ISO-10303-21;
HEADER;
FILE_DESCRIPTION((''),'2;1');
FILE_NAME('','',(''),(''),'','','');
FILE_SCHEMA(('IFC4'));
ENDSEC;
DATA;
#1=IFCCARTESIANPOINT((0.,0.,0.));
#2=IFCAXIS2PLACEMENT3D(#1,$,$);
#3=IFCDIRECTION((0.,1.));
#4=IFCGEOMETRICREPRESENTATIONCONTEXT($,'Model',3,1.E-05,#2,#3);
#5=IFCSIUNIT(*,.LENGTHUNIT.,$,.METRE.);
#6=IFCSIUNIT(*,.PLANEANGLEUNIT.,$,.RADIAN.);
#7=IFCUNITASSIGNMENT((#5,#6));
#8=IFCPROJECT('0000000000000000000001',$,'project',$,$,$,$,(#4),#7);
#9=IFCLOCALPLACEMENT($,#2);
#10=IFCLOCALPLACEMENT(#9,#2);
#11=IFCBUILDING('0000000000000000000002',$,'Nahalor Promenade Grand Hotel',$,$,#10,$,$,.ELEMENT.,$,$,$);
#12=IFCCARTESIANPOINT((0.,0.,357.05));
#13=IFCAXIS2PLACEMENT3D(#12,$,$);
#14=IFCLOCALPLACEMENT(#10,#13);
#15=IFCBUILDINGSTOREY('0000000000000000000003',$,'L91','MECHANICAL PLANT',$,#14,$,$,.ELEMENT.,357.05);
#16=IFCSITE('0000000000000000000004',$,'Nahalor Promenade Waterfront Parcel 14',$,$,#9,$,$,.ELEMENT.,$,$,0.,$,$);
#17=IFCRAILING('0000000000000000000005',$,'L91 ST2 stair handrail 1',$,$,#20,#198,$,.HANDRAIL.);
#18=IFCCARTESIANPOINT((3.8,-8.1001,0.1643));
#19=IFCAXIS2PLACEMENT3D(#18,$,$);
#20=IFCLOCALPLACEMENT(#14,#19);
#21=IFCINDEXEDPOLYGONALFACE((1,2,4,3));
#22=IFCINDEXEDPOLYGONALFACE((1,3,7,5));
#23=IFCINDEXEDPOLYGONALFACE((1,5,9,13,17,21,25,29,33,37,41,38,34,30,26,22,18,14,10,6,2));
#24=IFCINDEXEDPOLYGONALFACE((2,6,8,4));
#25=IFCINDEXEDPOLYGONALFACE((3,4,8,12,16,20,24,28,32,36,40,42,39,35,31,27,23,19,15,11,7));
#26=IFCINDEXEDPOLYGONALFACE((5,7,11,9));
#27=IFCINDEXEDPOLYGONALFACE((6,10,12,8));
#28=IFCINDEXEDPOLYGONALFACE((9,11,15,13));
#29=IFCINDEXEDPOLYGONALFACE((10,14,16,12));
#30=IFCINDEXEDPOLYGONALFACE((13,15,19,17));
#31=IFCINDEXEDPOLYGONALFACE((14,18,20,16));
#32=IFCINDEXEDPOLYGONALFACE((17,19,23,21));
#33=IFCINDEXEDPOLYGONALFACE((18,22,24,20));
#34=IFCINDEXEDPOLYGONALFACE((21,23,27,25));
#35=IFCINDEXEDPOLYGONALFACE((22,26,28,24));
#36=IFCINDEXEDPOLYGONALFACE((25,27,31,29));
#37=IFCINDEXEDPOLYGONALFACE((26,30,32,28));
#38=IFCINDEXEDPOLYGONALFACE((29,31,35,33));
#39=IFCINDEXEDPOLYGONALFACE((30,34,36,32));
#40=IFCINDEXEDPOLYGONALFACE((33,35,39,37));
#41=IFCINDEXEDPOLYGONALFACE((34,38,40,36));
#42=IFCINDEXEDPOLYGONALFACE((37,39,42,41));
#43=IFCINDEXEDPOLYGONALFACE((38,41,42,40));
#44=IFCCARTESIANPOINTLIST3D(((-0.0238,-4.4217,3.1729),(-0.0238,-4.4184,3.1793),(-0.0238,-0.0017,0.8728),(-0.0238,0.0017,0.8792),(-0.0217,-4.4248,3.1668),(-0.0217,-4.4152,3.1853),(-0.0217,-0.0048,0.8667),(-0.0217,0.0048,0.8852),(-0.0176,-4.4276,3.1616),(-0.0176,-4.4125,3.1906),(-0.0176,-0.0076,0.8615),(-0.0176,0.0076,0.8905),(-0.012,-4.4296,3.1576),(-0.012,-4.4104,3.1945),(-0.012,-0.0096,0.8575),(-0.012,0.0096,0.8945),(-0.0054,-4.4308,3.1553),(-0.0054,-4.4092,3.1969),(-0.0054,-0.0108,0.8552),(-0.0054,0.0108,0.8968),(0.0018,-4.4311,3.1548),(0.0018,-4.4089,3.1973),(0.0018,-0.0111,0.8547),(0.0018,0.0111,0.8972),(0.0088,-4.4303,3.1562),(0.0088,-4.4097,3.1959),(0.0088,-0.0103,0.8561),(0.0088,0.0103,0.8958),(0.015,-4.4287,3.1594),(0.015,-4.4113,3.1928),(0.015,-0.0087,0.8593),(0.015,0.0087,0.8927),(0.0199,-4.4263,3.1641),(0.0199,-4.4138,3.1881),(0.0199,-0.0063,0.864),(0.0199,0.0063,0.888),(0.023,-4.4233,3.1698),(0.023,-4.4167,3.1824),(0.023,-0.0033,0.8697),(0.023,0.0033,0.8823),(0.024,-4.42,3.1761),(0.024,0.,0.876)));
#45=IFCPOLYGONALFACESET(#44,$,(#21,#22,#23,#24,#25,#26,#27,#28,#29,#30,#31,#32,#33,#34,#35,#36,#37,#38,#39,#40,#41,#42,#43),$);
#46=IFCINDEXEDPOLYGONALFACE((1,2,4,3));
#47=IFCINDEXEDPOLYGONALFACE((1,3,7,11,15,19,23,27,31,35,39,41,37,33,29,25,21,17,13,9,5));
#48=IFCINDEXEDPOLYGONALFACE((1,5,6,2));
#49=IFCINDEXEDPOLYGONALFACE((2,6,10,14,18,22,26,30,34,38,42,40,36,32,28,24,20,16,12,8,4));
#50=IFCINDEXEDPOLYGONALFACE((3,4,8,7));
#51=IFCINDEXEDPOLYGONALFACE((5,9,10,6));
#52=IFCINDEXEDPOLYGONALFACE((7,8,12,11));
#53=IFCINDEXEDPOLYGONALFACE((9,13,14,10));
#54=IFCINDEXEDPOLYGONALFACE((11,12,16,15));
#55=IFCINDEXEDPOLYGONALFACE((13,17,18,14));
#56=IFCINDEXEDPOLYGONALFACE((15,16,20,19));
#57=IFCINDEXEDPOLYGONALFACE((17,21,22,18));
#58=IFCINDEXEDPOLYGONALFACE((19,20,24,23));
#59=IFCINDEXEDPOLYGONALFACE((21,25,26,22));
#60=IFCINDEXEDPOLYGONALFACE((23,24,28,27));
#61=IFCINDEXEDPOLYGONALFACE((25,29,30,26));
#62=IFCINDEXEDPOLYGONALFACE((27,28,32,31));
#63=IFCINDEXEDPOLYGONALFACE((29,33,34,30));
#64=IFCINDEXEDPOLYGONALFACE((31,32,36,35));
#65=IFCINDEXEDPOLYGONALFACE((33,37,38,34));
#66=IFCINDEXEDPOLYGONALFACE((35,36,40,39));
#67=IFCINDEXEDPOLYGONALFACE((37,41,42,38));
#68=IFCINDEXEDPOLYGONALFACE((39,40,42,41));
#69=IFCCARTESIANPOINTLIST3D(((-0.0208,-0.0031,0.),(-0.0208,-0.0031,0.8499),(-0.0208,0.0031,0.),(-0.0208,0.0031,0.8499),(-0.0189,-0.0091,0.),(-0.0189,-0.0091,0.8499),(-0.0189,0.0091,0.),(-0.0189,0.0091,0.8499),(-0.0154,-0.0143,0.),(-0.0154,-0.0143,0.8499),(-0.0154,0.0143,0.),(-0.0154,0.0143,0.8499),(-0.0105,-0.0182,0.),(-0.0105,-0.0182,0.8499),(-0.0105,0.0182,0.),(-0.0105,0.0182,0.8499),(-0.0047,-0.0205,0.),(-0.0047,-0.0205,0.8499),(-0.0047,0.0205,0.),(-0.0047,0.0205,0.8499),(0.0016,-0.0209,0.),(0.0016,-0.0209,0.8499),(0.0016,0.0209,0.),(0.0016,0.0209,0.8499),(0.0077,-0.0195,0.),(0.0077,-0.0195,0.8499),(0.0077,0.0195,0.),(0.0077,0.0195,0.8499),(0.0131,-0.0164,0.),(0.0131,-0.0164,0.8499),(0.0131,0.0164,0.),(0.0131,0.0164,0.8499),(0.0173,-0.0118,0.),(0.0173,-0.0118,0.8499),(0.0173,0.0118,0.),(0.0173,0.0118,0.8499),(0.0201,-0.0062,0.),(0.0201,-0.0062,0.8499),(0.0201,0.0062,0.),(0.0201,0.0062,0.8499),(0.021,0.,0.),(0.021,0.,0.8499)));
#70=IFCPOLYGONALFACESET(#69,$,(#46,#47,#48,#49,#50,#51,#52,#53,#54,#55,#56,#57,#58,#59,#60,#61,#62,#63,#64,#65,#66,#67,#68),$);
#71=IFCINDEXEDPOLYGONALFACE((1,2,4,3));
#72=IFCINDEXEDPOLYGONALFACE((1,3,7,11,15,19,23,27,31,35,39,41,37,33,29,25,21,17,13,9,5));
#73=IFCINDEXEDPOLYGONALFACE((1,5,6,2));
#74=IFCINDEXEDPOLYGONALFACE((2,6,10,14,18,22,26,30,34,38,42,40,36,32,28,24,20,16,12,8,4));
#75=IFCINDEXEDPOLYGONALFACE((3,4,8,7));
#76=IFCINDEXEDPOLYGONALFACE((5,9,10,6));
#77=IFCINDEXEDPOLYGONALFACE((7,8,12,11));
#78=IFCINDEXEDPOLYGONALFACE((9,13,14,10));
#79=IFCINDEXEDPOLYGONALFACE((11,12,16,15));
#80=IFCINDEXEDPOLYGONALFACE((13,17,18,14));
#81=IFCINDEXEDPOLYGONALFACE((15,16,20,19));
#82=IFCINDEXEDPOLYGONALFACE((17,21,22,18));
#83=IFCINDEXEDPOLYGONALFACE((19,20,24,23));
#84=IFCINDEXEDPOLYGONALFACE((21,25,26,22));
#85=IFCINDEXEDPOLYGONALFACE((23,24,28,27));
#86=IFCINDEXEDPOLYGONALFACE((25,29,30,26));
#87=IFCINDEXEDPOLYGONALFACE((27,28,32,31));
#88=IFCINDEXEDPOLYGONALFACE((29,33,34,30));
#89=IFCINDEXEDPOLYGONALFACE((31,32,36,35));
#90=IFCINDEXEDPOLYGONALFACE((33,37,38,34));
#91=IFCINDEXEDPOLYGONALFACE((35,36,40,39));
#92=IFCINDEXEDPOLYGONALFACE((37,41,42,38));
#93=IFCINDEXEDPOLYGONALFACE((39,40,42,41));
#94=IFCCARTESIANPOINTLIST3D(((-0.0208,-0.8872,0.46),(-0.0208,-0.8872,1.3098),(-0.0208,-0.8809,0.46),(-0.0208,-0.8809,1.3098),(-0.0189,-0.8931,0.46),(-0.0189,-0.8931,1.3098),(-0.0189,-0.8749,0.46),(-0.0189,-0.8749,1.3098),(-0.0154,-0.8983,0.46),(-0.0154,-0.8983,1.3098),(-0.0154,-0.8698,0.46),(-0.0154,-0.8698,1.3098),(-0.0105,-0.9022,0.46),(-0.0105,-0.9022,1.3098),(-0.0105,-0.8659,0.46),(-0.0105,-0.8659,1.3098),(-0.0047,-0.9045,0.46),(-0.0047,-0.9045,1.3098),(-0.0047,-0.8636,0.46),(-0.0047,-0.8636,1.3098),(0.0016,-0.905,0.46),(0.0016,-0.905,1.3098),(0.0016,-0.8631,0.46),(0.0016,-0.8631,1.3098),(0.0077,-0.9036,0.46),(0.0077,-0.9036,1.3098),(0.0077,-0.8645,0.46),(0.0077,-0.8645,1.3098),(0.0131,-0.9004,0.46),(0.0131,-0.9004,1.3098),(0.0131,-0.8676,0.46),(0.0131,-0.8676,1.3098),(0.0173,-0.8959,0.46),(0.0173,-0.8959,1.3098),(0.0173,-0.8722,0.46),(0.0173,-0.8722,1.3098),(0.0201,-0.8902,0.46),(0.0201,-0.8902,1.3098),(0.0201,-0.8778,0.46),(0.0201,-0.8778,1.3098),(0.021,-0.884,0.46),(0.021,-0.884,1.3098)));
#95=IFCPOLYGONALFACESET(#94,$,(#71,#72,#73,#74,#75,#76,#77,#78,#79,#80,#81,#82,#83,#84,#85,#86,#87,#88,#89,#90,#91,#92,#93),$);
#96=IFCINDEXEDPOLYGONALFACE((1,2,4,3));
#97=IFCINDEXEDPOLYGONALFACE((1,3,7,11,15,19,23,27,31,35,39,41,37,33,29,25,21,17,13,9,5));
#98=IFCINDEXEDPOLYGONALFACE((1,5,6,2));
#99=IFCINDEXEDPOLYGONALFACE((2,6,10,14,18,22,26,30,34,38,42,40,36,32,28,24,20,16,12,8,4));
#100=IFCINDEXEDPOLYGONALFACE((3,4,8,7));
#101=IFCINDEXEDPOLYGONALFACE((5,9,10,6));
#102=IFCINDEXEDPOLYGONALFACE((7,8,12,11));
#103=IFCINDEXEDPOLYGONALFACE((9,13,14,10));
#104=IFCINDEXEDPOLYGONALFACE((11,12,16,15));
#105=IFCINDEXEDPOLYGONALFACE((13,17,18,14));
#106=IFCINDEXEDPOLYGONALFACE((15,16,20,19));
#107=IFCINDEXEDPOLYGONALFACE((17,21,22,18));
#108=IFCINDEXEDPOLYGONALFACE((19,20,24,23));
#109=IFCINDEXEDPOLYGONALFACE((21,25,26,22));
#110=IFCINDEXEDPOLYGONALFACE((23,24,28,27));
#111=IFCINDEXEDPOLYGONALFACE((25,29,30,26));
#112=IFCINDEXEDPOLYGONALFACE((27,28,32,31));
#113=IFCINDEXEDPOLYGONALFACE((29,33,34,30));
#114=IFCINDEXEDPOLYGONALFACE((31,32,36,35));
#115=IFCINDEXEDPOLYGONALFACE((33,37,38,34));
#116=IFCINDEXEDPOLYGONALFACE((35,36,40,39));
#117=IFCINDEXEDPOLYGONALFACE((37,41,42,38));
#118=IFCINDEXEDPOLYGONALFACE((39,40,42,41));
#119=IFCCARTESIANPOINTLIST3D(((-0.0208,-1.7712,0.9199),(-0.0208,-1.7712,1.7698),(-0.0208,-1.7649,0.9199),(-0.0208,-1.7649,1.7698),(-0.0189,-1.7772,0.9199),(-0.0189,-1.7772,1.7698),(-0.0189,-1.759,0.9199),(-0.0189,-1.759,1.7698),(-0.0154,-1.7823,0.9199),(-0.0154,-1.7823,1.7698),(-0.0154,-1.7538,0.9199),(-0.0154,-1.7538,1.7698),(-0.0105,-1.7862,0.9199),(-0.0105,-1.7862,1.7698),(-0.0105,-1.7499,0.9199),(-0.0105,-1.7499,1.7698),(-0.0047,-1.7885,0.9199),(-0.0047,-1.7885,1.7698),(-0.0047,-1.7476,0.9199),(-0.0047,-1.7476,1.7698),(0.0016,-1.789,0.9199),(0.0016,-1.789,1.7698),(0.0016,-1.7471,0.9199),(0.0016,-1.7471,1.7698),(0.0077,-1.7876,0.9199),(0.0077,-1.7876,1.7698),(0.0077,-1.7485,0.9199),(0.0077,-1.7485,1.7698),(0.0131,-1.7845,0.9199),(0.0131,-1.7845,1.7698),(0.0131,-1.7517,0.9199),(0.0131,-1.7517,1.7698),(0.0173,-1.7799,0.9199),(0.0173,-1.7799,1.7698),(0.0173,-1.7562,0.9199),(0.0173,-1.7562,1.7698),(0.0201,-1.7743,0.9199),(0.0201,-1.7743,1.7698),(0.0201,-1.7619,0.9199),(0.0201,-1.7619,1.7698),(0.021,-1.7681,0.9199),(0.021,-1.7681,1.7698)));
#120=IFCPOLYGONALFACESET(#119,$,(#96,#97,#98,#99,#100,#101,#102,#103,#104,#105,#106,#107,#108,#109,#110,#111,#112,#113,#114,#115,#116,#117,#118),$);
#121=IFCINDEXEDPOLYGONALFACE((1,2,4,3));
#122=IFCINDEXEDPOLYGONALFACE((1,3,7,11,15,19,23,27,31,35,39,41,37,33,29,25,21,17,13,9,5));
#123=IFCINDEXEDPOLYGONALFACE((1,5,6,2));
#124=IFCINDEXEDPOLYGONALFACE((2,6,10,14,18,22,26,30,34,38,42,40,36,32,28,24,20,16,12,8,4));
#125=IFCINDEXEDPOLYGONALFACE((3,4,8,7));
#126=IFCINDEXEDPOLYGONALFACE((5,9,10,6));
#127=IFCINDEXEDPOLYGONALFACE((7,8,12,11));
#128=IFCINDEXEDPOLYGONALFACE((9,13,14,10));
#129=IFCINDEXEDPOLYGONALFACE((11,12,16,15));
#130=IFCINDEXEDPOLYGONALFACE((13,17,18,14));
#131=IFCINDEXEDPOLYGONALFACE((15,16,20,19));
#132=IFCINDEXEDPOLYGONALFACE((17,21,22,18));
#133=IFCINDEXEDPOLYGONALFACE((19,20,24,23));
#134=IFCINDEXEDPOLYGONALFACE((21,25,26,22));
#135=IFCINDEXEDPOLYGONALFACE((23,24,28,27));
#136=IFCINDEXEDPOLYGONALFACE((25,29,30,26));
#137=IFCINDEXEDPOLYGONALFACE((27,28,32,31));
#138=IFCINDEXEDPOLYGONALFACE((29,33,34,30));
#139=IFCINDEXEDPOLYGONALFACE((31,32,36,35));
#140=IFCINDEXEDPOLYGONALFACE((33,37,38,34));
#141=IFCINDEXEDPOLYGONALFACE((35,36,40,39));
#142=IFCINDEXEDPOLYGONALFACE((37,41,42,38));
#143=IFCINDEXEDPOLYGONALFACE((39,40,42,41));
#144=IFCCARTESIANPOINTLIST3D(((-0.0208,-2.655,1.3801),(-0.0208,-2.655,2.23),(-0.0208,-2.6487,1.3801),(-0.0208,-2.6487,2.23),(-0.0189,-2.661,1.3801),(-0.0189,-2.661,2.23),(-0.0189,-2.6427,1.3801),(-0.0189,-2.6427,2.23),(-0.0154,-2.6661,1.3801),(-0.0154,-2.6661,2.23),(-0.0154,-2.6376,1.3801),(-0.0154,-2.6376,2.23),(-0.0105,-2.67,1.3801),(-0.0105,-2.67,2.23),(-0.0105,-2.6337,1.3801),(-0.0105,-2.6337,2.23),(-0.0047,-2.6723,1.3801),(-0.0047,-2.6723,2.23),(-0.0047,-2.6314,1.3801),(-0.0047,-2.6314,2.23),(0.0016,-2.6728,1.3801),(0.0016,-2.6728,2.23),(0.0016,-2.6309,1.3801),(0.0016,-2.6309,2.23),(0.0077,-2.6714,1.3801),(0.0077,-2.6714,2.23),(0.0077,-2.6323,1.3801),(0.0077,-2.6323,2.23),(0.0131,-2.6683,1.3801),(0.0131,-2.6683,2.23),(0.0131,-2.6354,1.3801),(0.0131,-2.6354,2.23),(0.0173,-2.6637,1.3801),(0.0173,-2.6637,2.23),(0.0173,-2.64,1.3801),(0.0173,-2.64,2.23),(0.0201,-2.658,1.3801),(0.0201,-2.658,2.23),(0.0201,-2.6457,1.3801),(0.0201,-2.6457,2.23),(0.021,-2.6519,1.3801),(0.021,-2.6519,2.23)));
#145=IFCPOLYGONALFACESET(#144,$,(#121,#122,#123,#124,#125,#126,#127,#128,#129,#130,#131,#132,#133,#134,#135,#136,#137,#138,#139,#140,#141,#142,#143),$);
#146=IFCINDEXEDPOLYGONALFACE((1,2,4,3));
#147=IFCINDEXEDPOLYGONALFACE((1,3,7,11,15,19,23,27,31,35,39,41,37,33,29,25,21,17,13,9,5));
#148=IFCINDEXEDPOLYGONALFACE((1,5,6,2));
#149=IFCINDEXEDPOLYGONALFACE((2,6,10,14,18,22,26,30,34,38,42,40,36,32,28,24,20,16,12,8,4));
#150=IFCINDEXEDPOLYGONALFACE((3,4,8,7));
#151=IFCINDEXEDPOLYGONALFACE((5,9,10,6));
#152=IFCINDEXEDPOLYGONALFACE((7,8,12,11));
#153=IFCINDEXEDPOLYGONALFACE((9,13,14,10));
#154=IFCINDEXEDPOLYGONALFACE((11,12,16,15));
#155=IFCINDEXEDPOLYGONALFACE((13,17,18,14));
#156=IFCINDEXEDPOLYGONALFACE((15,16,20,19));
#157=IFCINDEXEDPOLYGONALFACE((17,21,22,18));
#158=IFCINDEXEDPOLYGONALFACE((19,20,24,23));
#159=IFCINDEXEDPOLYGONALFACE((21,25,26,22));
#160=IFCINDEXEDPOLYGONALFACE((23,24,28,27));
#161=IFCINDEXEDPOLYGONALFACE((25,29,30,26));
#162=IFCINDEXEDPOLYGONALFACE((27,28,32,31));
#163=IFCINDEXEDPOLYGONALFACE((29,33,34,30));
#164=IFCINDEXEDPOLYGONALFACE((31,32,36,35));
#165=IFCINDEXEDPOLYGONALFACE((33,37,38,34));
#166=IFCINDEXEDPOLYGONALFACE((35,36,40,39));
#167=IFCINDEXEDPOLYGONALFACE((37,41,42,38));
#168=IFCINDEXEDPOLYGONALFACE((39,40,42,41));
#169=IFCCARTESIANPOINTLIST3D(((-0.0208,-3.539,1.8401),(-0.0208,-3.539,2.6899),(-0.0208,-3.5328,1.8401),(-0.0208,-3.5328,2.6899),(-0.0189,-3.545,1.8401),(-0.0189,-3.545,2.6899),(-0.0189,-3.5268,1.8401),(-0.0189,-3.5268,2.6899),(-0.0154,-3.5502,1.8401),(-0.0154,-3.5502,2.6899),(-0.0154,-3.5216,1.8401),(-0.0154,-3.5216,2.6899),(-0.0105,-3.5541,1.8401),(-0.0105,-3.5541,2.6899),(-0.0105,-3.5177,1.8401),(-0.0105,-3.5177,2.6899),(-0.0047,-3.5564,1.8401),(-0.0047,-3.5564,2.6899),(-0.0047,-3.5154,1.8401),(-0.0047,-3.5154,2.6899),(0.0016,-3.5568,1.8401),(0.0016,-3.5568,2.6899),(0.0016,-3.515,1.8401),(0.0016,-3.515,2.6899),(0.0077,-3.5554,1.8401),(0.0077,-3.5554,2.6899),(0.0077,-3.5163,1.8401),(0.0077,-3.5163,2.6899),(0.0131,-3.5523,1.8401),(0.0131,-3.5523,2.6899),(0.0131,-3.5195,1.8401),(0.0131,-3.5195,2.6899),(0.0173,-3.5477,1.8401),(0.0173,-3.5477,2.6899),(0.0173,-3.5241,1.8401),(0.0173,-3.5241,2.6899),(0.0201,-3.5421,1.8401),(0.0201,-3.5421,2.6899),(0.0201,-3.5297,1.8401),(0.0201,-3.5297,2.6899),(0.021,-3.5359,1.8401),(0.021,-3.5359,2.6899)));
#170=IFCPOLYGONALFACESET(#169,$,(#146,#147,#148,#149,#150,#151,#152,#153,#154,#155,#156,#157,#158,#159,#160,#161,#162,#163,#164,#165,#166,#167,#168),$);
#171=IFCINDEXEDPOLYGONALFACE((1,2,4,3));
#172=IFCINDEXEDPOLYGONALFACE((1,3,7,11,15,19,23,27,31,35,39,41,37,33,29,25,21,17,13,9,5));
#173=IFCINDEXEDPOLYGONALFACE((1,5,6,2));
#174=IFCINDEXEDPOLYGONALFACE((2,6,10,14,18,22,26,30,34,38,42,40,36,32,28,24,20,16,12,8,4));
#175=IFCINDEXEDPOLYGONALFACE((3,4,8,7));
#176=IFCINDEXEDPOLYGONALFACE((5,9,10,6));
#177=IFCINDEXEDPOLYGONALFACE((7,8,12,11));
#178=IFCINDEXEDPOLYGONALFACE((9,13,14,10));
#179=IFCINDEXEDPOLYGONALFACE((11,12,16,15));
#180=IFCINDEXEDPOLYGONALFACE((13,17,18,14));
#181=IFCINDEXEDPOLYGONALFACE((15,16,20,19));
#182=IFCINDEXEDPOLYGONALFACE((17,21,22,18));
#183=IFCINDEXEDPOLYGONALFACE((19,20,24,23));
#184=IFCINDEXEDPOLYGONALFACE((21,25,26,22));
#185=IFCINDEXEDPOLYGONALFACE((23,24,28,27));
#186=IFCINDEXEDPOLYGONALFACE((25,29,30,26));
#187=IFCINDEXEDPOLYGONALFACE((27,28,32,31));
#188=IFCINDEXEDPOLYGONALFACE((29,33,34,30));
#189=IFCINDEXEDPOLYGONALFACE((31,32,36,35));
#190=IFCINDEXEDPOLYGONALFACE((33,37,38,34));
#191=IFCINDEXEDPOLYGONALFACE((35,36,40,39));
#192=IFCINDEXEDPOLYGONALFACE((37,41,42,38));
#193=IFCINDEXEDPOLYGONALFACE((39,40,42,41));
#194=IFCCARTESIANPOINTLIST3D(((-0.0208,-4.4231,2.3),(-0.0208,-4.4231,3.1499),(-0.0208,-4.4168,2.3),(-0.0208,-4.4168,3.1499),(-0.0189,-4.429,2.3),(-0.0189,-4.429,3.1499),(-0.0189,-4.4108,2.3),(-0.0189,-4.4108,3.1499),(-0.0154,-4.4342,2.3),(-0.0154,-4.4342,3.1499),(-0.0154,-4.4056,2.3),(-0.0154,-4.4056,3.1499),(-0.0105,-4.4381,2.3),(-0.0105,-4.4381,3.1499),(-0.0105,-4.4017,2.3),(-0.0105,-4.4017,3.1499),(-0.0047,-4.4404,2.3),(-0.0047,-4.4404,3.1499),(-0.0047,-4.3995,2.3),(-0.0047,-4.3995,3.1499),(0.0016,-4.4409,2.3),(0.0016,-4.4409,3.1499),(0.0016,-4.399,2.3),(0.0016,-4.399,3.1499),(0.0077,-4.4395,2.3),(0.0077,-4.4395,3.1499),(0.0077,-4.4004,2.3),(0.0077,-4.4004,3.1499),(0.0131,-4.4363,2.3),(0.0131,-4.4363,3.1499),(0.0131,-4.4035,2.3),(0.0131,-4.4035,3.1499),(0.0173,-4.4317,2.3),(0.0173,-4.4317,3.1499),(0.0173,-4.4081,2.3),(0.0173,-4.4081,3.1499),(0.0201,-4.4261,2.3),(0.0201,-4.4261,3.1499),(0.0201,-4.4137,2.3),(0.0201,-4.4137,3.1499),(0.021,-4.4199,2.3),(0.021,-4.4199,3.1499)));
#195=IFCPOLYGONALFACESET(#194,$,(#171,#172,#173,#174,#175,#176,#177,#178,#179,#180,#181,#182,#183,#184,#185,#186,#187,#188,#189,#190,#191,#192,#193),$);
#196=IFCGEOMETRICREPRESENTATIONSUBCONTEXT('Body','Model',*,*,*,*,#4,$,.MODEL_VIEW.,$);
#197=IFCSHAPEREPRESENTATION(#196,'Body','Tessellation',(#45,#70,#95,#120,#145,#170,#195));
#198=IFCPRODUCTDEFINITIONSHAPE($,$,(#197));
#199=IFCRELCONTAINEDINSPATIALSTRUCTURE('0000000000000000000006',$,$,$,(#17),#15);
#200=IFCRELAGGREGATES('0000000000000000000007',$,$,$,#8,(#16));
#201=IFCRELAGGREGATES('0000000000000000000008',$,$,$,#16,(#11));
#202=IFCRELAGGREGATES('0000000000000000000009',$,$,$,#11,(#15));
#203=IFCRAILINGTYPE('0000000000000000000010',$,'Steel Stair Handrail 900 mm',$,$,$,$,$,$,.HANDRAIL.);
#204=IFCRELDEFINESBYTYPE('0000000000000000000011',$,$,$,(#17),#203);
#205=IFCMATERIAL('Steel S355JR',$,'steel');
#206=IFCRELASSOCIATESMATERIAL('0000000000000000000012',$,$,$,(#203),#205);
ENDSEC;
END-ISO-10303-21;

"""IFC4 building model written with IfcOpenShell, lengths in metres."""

from ifc_helpers import new_model, si_unit, direction, frame, origin, origin_2d, place, context, subcontext, project, spatial, circle, extrude, material, type_object, element, save


model = new_model("IFC4")

# Units and contexts
model_context = context("Model", 3, precision=1e-05, world=origin(), true_north=direction((0.0, 1.0)))
body_context = subcontext(model_context, "Body", "Model", "MODEL_VIEW")
ifc_project = project(units=[si_unit("LENGTHUNIT", "METRE"), si_unit("PLANEANGLEUNIT", "RADIAN")], contexts=[model_context])

# Site, building, storey
site_placement = place(None, origin())
site = spatial("IfcSite", under=ifc_project, at=site_placement, Name="Nahalor Promenade Waterfront Parcel 14", CompositionType="ELEMENT", RefElevation=0.0)
building_placement = place(site_placement, origin())
building = spatial("IfcBuilding", under=site, at=building_placement, Name="Nahalor Promenade Grand Hotel", CompositionType="ELEMENT")
storey_placement = place(building_placement, frame((0.0, 0.0, 357.05)))
storey = spatial("IfcBuildingStorey", under=building, at=storey_placement, Name="L91", Description="MECHANICAL PLANT", CompositionType="ELEMENT", Elevation=357.05)

# Shared definitions
ifc_material_1 = material(Name="Steel S355JR", Category="steel")

# Railing
railing_type_1 = type_object("IfcRailingType", Name="Steel Stair Handrail 900 mm", PredefinedType="HANDRAIL", material=ifc_material_1)
railing_1_placement = place(storey_placement, frame((3.8, -8.1001, 0.1643)))
element("IfcRailing", 1, at=railing_1_placement, inside=storey, type_object=railing_type_1, Name="L91 ST2 stair handrail 1", PredefinedType="HANDRAIL", context=body_context, shape_type="SweptSolid", body=[
    extrude(circle(Radius=0.024, at=origin_2d()), frame((0.0, 0.0, 0.876), z_axis=(0.0, -0.887078, 0.46162), x_axis=(1.0, 0.0, 0.0)), (0.0, 0.0, 1.0), 4.9827),
    extrude(circle(Radius=0.021, at=origin_2d()), origin(), (0.0, 0.0, 1.0), 0.8499),
    extrude(circle(Radius=0.021, at=origin_2d()), frame((0.0, -0.884, 0.46)), (0.0, 0.0, 1.0), 0.8499),
    extrude(circle(Radius=0.021, at=origin_2d()), frame((0.0, -1.7681, 0.9199)), (0.0, 0.0, 1.0), 0.8499),
    extrude(circle(Radius=0.021, at=origin_2d()), frame((0.0, -2.6519, 1.3801)), (0.0, 0.0, 1.0), 0.8499),
    extrude(circle(Radius=0.021, at=origin_2d()), frame((0.0, -3.5359, 1.8401)), (0.0, 0.0, 1.0), 0.8499),
    extrude(circle(Radius=0.021, at=origin_2d()), frame((0.0, -4.4199, 2.3)), (0.0, 0.0, 1.0), 0.8499),
])

save(model, "model.ifc")
